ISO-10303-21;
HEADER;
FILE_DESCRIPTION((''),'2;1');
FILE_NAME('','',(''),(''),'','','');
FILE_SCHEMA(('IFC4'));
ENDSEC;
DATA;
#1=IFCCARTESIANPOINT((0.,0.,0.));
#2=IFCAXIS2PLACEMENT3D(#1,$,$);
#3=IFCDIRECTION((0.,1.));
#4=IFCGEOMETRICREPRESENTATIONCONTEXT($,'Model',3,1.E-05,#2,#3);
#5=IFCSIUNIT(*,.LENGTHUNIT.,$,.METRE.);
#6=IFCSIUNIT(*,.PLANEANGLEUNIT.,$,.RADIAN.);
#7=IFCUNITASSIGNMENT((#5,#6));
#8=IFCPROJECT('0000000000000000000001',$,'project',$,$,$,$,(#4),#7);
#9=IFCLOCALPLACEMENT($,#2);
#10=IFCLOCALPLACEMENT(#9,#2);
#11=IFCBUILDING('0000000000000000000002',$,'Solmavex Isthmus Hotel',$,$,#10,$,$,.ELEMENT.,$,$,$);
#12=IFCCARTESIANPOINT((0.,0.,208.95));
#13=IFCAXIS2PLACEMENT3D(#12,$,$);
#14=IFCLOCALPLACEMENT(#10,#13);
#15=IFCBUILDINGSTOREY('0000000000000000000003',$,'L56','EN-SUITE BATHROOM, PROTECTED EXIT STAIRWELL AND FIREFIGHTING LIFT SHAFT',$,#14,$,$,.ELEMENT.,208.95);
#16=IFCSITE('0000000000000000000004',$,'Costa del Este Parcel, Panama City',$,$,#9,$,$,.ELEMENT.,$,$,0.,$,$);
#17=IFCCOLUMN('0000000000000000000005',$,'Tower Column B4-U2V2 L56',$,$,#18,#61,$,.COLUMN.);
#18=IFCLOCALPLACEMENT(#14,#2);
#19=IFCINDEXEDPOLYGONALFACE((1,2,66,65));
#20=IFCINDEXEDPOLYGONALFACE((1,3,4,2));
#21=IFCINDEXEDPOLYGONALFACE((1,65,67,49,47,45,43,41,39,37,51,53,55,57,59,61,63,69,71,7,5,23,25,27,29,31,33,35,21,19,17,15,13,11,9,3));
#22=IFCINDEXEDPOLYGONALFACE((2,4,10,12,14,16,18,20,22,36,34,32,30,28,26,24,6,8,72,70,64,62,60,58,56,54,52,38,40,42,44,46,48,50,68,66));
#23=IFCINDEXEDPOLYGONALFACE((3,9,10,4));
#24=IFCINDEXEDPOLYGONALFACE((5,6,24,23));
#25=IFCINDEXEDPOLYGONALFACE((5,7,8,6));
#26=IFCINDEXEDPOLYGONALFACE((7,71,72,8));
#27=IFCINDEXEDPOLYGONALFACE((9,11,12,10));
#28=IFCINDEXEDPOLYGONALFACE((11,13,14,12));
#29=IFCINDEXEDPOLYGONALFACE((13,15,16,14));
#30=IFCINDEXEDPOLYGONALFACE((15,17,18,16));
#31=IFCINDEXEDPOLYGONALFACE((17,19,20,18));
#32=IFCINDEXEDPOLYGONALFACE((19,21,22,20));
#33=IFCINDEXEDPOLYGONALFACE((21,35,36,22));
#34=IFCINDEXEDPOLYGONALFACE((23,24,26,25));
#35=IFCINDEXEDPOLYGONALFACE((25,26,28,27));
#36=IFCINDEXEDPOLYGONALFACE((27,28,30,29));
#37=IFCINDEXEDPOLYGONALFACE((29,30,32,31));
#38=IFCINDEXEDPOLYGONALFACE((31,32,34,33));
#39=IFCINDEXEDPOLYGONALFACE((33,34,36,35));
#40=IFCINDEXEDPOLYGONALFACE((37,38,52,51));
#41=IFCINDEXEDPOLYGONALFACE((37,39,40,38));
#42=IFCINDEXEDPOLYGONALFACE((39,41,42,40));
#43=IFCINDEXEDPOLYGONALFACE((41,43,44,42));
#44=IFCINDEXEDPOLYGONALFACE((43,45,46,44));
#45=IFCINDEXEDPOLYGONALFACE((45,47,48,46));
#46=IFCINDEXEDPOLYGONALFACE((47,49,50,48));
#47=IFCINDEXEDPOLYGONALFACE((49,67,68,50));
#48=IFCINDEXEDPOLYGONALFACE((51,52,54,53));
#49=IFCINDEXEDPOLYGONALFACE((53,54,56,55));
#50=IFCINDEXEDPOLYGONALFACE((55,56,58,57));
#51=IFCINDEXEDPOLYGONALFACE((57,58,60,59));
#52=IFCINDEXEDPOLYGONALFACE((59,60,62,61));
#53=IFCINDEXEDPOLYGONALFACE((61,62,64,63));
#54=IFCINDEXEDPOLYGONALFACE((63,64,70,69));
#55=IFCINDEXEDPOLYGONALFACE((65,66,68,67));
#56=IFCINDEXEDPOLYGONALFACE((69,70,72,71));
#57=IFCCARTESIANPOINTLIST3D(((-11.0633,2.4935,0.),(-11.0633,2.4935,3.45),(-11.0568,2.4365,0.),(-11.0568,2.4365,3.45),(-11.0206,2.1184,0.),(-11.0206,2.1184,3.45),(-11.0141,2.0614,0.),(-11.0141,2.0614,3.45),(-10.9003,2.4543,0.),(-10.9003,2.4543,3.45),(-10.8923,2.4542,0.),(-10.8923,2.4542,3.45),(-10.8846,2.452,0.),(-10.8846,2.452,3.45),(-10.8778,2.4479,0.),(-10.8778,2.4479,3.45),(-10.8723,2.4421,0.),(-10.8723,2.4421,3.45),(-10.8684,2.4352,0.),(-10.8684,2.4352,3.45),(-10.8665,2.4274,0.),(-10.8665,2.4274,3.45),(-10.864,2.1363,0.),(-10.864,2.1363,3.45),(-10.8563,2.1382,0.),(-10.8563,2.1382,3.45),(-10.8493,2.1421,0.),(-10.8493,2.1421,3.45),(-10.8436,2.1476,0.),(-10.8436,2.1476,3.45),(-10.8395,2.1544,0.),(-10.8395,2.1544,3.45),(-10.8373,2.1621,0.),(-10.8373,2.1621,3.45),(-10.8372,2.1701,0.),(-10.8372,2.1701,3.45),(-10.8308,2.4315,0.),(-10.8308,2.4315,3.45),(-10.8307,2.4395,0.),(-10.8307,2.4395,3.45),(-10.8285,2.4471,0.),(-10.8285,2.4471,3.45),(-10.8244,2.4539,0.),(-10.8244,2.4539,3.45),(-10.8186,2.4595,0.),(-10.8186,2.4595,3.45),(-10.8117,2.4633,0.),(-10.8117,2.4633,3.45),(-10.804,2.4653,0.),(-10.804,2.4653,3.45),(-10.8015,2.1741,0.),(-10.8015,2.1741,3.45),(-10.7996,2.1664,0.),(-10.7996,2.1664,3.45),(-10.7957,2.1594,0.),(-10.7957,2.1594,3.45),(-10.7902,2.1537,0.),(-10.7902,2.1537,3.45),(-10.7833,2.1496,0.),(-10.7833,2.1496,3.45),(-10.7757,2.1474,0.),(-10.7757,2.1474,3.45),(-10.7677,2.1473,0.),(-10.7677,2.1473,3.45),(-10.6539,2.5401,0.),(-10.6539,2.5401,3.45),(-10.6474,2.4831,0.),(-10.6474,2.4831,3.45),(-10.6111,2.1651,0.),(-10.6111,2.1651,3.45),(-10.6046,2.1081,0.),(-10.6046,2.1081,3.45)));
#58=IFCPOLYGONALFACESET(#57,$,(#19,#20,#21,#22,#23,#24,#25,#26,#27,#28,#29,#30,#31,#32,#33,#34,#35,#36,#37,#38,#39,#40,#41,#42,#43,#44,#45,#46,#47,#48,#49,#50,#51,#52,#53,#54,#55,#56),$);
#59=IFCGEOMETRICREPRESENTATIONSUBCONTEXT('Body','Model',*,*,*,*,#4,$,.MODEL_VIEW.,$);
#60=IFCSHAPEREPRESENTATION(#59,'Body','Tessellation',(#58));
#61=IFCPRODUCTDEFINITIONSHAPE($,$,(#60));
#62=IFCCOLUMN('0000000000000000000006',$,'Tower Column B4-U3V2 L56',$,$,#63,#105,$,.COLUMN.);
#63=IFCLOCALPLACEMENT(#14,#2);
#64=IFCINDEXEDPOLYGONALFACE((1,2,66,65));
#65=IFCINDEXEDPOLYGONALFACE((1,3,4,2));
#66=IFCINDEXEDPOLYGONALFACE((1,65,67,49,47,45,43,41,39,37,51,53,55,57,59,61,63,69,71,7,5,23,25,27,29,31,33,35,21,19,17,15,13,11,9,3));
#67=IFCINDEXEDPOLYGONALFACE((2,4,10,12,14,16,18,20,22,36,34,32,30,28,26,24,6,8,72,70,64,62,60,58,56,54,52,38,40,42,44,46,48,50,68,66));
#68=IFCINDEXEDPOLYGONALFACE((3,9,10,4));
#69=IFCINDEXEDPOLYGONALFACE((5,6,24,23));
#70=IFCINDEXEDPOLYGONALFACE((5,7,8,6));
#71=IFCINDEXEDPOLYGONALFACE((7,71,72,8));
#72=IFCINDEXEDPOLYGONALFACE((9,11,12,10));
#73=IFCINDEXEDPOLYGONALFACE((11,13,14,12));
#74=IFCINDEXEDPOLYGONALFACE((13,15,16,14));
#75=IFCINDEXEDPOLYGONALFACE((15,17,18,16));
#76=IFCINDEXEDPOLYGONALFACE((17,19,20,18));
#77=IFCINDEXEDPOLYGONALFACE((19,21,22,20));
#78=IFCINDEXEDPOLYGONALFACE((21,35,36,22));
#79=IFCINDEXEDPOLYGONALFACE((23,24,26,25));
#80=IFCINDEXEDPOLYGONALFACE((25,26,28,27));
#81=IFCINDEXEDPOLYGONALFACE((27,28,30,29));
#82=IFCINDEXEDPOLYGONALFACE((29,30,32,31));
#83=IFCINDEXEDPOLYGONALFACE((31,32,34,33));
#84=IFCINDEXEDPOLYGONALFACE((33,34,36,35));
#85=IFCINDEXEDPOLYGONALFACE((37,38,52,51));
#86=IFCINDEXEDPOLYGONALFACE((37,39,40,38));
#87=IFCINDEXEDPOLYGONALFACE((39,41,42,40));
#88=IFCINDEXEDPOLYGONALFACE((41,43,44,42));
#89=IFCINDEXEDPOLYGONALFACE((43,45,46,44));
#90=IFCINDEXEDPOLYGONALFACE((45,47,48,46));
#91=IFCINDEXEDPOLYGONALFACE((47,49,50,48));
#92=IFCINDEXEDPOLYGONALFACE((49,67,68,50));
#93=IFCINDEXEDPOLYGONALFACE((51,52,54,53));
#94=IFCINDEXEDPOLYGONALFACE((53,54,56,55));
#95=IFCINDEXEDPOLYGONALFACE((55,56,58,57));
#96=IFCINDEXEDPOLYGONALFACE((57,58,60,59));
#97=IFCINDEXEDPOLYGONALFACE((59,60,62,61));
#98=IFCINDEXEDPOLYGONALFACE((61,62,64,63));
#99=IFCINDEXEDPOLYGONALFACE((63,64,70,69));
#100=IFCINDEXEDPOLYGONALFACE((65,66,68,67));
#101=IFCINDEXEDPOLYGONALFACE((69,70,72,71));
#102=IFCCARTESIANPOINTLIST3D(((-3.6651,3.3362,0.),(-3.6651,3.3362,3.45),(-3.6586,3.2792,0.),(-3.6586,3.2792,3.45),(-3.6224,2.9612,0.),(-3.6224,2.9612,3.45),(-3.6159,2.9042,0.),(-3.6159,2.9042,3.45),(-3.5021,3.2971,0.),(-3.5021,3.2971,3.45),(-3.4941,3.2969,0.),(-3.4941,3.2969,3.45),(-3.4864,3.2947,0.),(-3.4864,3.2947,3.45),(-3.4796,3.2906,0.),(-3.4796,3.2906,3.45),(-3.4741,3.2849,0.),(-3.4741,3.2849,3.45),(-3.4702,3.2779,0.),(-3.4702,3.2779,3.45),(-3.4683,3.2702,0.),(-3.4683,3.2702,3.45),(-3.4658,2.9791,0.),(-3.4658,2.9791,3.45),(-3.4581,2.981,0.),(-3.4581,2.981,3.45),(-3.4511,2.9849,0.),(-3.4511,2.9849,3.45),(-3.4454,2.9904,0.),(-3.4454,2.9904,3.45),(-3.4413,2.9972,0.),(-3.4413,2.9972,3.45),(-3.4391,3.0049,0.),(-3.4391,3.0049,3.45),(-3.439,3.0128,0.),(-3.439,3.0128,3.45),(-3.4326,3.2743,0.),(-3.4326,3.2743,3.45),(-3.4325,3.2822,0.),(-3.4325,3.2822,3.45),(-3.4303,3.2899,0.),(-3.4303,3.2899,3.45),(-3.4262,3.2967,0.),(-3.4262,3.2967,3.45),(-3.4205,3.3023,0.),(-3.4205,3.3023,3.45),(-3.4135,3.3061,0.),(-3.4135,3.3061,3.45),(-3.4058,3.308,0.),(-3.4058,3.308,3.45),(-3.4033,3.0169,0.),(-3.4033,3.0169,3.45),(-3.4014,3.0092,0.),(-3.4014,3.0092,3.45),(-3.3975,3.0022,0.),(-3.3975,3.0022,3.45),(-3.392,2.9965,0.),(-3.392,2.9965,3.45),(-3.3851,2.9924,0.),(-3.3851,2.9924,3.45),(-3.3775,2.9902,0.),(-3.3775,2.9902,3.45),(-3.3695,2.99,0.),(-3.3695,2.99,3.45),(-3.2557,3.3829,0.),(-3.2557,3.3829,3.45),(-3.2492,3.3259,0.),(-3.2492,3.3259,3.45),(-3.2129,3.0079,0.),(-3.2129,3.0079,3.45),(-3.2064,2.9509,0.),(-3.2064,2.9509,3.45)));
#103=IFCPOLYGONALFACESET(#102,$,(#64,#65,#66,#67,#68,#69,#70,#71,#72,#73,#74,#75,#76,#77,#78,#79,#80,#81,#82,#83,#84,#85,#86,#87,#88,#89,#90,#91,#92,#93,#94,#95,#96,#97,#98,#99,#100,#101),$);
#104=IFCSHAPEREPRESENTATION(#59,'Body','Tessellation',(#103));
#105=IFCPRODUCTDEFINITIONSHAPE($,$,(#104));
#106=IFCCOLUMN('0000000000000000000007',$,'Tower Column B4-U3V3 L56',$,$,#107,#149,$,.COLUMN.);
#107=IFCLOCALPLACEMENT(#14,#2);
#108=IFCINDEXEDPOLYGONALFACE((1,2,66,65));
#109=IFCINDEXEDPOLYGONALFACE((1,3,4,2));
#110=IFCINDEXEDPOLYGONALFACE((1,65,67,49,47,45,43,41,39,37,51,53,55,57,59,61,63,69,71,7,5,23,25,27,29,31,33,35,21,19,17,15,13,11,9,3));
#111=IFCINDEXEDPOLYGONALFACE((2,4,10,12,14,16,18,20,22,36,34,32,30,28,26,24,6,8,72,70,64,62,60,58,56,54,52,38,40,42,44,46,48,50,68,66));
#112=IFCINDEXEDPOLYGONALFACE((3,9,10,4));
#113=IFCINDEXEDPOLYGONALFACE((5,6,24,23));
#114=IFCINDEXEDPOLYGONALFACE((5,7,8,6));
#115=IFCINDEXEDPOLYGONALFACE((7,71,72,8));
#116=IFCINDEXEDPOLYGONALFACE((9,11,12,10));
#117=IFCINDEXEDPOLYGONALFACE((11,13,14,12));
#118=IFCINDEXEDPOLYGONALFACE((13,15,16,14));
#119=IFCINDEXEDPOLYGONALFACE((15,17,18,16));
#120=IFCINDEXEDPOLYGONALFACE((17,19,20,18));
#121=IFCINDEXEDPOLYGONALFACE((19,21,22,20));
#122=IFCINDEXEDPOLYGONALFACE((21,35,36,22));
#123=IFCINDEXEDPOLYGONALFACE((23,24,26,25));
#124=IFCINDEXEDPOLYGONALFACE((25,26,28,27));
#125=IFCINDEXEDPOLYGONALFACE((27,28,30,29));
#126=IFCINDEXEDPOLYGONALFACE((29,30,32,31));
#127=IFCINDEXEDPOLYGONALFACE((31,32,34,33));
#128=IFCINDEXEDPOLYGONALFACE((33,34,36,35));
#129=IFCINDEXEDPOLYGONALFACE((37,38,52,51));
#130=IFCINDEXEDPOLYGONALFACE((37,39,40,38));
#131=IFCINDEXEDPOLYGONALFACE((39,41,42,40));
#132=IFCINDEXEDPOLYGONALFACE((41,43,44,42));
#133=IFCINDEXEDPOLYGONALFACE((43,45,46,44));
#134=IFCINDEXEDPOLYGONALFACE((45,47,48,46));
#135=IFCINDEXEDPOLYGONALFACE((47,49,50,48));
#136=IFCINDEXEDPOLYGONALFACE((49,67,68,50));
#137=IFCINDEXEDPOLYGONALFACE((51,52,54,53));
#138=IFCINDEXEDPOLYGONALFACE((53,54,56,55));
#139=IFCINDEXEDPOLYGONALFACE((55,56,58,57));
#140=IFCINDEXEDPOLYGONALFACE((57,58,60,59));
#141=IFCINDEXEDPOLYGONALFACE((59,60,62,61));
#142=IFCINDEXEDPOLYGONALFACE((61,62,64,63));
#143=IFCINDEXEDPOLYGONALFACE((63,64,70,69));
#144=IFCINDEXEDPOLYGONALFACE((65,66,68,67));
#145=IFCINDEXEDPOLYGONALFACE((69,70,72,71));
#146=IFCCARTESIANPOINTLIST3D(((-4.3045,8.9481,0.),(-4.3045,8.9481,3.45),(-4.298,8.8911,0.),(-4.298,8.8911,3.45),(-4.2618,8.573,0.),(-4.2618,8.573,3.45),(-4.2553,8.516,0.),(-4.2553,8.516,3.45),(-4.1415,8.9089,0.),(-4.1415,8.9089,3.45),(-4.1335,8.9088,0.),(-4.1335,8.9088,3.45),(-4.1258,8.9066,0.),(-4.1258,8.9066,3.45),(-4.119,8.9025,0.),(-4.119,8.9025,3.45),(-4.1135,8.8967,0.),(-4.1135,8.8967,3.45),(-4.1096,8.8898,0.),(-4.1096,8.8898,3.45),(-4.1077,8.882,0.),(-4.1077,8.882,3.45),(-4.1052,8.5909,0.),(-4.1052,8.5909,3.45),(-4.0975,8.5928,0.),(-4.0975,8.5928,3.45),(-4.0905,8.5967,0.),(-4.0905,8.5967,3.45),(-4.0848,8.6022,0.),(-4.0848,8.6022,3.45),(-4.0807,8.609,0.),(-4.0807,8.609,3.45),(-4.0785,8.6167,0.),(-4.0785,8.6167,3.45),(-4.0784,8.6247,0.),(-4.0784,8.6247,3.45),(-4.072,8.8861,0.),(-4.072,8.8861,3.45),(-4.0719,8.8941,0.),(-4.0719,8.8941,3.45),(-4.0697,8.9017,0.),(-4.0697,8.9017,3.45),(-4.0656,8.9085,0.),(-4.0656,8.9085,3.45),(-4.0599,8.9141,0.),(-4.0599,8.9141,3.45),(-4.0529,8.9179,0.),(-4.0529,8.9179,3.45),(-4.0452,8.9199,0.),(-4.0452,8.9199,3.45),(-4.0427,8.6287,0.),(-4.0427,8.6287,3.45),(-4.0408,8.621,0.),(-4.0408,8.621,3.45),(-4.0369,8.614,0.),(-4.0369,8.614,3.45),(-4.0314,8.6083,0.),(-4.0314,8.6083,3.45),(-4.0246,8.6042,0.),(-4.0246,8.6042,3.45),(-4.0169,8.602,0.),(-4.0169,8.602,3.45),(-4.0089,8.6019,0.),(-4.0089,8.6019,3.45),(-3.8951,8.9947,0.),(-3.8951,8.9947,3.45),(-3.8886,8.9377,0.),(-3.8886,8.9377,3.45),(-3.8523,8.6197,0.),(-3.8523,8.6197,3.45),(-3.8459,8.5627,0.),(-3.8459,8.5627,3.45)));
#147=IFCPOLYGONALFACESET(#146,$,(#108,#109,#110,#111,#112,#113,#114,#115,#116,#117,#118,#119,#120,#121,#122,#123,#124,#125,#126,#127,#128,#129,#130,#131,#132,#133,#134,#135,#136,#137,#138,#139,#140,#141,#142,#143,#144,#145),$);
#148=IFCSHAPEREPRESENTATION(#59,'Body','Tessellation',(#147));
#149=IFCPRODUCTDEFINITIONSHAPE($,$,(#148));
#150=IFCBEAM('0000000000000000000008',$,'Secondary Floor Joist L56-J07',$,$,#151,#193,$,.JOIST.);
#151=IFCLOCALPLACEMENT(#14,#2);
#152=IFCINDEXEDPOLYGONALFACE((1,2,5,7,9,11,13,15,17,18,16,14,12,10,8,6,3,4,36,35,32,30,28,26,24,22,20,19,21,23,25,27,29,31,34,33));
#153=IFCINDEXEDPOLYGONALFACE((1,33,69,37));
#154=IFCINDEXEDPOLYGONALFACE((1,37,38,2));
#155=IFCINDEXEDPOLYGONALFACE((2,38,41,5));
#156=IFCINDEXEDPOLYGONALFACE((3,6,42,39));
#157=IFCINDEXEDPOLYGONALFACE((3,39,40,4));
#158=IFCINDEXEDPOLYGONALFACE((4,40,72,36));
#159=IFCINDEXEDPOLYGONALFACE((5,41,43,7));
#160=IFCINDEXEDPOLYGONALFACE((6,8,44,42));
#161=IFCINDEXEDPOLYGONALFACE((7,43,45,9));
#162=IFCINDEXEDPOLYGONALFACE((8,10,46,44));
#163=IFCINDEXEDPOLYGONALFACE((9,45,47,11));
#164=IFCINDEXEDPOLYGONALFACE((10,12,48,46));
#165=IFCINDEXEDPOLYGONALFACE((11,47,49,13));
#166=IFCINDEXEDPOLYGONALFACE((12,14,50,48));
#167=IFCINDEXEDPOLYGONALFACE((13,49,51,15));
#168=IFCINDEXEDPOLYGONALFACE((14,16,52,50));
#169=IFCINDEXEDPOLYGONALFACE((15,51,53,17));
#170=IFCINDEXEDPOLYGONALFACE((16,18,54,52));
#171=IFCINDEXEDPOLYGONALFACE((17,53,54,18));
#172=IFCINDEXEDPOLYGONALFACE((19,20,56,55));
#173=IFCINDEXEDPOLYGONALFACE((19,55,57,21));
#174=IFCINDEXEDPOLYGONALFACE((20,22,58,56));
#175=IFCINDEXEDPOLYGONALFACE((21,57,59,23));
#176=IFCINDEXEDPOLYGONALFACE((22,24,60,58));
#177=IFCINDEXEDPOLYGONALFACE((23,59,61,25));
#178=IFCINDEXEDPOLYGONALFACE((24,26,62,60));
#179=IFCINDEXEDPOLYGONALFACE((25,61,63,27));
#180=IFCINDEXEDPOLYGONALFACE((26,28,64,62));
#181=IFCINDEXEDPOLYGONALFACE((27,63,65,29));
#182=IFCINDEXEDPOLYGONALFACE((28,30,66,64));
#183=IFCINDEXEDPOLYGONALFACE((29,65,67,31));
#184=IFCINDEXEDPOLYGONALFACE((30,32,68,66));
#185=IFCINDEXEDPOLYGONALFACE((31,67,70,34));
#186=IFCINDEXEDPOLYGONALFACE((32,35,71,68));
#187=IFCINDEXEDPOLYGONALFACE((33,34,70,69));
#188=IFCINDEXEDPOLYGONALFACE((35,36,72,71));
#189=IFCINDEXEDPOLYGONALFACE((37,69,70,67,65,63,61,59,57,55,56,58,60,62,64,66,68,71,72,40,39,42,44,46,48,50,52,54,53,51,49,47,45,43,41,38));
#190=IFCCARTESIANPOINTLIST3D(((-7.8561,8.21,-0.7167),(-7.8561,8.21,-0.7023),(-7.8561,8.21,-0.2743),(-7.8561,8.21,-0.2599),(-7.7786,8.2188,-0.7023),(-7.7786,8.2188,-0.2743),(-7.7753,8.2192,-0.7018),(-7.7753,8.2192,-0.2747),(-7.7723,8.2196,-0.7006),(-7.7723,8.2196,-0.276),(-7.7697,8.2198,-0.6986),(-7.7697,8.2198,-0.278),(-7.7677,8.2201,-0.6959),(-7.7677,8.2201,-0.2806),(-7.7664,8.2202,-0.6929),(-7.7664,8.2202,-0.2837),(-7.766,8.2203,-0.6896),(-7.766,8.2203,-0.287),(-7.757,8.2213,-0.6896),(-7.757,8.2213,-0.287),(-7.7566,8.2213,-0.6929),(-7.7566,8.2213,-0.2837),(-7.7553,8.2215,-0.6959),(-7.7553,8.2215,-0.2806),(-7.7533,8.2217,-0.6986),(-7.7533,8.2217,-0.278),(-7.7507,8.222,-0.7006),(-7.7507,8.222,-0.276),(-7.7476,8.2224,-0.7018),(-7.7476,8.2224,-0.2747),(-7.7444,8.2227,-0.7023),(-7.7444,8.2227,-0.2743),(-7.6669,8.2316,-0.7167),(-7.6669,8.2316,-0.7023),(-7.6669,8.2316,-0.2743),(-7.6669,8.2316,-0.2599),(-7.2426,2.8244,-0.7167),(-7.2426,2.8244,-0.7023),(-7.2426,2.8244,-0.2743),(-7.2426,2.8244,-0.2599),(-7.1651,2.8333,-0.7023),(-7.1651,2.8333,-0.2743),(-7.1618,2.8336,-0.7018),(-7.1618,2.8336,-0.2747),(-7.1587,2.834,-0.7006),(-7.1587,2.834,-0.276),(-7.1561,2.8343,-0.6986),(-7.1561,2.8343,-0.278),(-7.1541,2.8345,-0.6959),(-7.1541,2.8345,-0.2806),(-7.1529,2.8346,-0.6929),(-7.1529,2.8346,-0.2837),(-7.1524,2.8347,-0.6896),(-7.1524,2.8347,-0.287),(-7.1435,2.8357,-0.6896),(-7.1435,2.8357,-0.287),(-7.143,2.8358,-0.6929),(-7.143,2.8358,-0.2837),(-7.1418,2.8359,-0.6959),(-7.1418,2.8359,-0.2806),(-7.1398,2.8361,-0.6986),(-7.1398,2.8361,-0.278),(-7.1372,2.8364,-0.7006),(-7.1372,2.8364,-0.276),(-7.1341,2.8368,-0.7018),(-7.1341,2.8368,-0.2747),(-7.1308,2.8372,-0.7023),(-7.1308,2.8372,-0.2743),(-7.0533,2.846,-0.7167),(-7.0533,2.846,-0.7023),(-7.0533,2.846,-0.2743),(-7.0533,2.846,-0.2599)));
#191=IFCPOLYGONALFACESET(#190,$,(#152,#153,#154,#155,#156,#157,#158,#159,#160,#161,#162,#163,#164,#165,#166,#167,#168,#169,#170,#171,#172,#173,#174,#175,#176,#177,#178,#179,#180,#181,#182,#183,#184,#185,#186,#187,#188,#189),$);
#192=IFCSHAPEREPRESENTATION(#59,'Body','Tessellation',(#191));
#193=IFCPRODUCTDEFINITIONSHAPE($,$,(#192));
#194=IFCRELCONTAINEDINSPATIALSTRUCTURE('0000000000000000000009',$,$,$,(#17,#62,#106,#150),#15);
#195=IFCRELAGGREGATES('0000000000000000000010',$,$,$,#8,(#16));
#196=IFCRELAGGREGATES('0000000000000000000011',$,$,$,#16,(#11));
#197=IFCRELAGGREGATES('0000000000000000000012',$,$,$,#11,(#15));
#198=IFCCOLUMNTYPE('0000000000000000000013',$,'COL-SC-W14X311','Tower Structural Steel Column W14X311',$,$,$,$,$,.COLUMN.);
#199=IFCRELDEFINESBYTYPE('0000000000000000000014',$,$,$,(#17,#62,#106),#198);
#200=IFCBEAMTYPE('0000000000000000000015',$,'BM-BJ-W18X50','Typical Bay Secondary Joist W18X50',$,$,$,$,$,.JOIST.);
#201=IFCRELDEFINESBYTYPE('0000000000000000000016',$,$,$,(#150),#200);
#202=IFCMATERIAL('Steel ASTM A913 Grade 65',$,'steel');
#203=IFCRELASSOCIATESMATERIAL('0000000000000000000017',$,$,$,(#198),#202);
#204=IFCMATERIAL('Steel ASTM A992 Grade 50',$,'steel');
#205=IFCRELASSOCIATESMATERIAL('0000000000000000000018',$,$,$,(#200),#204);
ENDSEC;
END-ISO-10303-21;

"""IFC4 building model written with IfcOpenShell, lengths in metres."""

from ifc_helpers import new_model, si_unit, direction, frame, origin, origin_2d, place, context, subcontext, project, spatial, i_section, extrude, material, material_profile, profile_set, type_object, element, save


model = new_model("IFC4")

# Units and contexts
model_context = context("Model", 3, precision=1e-05, world=origin(), true_north=direction((0.0, 1.0)))
body_context = subcontext(model_context, "Body", "Model", "MODEL_VIEW")
ifc_project = project(units=[si_unit("LENGTHUNIT", "METRE"), si_unit("PLANEANGLEUNIT", "RADIAN")], contexts=[model_context])

# Site, building, storey
site_placement = place(None, origin())
site = spatial("IfcSite", under=ifc_project, at=site_placement, Name="Costa del Este Parcel, Panama City", CompositionType="ELEMENT", RefElevation=0.0)
building_placement = place(site_placement, origin())
building = spatial("IfcBuilding", under=site, at=building_placement, Name="Solmavex Isthmus Hotel", CompositionType="ELEMENT")
storey_placement = place(building_placement, frame((0.0, 0.0, 208.95)))
storey = spatial("IfcBuildingStorey", under=building, at=storey_placement, Name="L56", Description="EN-SUITE BATHROOM, PROTECTED EXIT STAIRWELL AND FIREFIGHTING LIFT SHAFT", CompositionType="ELEMENT", Elevation=208.95)

# Columns
ifc_material_1 = material(Name="Steel ASTM A913 Grade 65", Category="steel")
ifc_material_profile_1 = material_profile(ifc_material_1, i_section(OverallWidth=0.4121, OverallDepth=0.4348, WebThickness=0.0359, FlangeThickness=0.0574, FilletRadius=0.0305, at=origin_2d()), Name="W14X311")
ifc_profile_set_1 = profile_set([ifc_material_profile_1], Name="Steel ASTM A913 Grade 65")
column_type = type_object("IfcColumnType", Name="COL-SC-W14X311", Description="Tower Structural Steel Column W14X311", PredefinedType="COLUMN", material=ifc_profile_set_1)
for number, where, z_axis, x_axis, name in (
    (1, (-10.834, 2.3008, 0.0), (0.0, 0.0, 1.0), (0.993572, 0.113203, 0.0), "Tower Column B4-U2V2 L56"),
    (2, (-3.4358, 3.1436, 0.0), (0.0, 0.0, 1.0), (0.993572, 0.113203, 0.0), "Tower Column B4-U3V2 L56"),
    (3, (-4.0752, 8.7554, 0.0), (0.0, 0.0, 1.0), (0.993572, 0.113203, 0.0), "Tower Column B4-U3V3 L56"),
):
    element("IfcColumn", number, at=place(storey_placement, frame(where, z_axis=z_axis, x_axis=x_axis)), inside=storey, type_object=column_type, Name=name, PredefinedType="COLUMN", context=body_context, shape_type="SweptSolid", body=[
        extrude(i_section(OverallWidth=0.4121, OverallDepth=0.4348, WebThickness=0.0359, FlangeThickness=0.0574, FilletRadius=0.0305, at=origin_2d()), origin(), (0.0, 0.0, 1.0), 3.45),
    ])

# Beam
ifc_material_2 = material(Name="Steel ASTM A992 Grade 50", Category="steel")
ifc_material_profile_2 = material_profile(ifc_material_2, i_section(OverallWidth=0.1904, OverallDepth=0.4568, WebThickness=0.009, FlangeThickness=0.0144, FilletRadius=0.0127, at=origin_2d()), Name="W18X50")
ifc_profile_set_2 = profile_set([ifc_material_profile_2], Name="Steel ASTM A992 Grade 50")
beam_type_1 = type_object("IfcBeamType", Name="BM-BJ-W18X50", Description="Typical Bay Secondary Joist W18X50", PredefinedType="JOIST", material=ifc_profile_set_2)
beam_1_placement = place(storey_placement, frame((-7.1479, 2.8352, -0.4883), z_axis=(-0.11319, 0.993573, 0.0), x_axis=(-0.993573, -0.11319, 0.0)))
element("IfcBeam", 4, at=beam_1_placement, inside=storey, type_object=beam_type_1, Name="Secondary Floor Joist L56-J07", PredefinedType="JOIST", context=body_context, shape_type="SweptSolid", body=[
    extrude(i_section(OverallWidth=0.1904, OverallDepth=0.4568, WebThickness=0.009, FlangeThickness=0.0144, FilletRadius=0.0127, at=origin_2d()), origin(), (0.0, 0.0, 1.0), 5.4204),
])

save(model, "model.ifc")
